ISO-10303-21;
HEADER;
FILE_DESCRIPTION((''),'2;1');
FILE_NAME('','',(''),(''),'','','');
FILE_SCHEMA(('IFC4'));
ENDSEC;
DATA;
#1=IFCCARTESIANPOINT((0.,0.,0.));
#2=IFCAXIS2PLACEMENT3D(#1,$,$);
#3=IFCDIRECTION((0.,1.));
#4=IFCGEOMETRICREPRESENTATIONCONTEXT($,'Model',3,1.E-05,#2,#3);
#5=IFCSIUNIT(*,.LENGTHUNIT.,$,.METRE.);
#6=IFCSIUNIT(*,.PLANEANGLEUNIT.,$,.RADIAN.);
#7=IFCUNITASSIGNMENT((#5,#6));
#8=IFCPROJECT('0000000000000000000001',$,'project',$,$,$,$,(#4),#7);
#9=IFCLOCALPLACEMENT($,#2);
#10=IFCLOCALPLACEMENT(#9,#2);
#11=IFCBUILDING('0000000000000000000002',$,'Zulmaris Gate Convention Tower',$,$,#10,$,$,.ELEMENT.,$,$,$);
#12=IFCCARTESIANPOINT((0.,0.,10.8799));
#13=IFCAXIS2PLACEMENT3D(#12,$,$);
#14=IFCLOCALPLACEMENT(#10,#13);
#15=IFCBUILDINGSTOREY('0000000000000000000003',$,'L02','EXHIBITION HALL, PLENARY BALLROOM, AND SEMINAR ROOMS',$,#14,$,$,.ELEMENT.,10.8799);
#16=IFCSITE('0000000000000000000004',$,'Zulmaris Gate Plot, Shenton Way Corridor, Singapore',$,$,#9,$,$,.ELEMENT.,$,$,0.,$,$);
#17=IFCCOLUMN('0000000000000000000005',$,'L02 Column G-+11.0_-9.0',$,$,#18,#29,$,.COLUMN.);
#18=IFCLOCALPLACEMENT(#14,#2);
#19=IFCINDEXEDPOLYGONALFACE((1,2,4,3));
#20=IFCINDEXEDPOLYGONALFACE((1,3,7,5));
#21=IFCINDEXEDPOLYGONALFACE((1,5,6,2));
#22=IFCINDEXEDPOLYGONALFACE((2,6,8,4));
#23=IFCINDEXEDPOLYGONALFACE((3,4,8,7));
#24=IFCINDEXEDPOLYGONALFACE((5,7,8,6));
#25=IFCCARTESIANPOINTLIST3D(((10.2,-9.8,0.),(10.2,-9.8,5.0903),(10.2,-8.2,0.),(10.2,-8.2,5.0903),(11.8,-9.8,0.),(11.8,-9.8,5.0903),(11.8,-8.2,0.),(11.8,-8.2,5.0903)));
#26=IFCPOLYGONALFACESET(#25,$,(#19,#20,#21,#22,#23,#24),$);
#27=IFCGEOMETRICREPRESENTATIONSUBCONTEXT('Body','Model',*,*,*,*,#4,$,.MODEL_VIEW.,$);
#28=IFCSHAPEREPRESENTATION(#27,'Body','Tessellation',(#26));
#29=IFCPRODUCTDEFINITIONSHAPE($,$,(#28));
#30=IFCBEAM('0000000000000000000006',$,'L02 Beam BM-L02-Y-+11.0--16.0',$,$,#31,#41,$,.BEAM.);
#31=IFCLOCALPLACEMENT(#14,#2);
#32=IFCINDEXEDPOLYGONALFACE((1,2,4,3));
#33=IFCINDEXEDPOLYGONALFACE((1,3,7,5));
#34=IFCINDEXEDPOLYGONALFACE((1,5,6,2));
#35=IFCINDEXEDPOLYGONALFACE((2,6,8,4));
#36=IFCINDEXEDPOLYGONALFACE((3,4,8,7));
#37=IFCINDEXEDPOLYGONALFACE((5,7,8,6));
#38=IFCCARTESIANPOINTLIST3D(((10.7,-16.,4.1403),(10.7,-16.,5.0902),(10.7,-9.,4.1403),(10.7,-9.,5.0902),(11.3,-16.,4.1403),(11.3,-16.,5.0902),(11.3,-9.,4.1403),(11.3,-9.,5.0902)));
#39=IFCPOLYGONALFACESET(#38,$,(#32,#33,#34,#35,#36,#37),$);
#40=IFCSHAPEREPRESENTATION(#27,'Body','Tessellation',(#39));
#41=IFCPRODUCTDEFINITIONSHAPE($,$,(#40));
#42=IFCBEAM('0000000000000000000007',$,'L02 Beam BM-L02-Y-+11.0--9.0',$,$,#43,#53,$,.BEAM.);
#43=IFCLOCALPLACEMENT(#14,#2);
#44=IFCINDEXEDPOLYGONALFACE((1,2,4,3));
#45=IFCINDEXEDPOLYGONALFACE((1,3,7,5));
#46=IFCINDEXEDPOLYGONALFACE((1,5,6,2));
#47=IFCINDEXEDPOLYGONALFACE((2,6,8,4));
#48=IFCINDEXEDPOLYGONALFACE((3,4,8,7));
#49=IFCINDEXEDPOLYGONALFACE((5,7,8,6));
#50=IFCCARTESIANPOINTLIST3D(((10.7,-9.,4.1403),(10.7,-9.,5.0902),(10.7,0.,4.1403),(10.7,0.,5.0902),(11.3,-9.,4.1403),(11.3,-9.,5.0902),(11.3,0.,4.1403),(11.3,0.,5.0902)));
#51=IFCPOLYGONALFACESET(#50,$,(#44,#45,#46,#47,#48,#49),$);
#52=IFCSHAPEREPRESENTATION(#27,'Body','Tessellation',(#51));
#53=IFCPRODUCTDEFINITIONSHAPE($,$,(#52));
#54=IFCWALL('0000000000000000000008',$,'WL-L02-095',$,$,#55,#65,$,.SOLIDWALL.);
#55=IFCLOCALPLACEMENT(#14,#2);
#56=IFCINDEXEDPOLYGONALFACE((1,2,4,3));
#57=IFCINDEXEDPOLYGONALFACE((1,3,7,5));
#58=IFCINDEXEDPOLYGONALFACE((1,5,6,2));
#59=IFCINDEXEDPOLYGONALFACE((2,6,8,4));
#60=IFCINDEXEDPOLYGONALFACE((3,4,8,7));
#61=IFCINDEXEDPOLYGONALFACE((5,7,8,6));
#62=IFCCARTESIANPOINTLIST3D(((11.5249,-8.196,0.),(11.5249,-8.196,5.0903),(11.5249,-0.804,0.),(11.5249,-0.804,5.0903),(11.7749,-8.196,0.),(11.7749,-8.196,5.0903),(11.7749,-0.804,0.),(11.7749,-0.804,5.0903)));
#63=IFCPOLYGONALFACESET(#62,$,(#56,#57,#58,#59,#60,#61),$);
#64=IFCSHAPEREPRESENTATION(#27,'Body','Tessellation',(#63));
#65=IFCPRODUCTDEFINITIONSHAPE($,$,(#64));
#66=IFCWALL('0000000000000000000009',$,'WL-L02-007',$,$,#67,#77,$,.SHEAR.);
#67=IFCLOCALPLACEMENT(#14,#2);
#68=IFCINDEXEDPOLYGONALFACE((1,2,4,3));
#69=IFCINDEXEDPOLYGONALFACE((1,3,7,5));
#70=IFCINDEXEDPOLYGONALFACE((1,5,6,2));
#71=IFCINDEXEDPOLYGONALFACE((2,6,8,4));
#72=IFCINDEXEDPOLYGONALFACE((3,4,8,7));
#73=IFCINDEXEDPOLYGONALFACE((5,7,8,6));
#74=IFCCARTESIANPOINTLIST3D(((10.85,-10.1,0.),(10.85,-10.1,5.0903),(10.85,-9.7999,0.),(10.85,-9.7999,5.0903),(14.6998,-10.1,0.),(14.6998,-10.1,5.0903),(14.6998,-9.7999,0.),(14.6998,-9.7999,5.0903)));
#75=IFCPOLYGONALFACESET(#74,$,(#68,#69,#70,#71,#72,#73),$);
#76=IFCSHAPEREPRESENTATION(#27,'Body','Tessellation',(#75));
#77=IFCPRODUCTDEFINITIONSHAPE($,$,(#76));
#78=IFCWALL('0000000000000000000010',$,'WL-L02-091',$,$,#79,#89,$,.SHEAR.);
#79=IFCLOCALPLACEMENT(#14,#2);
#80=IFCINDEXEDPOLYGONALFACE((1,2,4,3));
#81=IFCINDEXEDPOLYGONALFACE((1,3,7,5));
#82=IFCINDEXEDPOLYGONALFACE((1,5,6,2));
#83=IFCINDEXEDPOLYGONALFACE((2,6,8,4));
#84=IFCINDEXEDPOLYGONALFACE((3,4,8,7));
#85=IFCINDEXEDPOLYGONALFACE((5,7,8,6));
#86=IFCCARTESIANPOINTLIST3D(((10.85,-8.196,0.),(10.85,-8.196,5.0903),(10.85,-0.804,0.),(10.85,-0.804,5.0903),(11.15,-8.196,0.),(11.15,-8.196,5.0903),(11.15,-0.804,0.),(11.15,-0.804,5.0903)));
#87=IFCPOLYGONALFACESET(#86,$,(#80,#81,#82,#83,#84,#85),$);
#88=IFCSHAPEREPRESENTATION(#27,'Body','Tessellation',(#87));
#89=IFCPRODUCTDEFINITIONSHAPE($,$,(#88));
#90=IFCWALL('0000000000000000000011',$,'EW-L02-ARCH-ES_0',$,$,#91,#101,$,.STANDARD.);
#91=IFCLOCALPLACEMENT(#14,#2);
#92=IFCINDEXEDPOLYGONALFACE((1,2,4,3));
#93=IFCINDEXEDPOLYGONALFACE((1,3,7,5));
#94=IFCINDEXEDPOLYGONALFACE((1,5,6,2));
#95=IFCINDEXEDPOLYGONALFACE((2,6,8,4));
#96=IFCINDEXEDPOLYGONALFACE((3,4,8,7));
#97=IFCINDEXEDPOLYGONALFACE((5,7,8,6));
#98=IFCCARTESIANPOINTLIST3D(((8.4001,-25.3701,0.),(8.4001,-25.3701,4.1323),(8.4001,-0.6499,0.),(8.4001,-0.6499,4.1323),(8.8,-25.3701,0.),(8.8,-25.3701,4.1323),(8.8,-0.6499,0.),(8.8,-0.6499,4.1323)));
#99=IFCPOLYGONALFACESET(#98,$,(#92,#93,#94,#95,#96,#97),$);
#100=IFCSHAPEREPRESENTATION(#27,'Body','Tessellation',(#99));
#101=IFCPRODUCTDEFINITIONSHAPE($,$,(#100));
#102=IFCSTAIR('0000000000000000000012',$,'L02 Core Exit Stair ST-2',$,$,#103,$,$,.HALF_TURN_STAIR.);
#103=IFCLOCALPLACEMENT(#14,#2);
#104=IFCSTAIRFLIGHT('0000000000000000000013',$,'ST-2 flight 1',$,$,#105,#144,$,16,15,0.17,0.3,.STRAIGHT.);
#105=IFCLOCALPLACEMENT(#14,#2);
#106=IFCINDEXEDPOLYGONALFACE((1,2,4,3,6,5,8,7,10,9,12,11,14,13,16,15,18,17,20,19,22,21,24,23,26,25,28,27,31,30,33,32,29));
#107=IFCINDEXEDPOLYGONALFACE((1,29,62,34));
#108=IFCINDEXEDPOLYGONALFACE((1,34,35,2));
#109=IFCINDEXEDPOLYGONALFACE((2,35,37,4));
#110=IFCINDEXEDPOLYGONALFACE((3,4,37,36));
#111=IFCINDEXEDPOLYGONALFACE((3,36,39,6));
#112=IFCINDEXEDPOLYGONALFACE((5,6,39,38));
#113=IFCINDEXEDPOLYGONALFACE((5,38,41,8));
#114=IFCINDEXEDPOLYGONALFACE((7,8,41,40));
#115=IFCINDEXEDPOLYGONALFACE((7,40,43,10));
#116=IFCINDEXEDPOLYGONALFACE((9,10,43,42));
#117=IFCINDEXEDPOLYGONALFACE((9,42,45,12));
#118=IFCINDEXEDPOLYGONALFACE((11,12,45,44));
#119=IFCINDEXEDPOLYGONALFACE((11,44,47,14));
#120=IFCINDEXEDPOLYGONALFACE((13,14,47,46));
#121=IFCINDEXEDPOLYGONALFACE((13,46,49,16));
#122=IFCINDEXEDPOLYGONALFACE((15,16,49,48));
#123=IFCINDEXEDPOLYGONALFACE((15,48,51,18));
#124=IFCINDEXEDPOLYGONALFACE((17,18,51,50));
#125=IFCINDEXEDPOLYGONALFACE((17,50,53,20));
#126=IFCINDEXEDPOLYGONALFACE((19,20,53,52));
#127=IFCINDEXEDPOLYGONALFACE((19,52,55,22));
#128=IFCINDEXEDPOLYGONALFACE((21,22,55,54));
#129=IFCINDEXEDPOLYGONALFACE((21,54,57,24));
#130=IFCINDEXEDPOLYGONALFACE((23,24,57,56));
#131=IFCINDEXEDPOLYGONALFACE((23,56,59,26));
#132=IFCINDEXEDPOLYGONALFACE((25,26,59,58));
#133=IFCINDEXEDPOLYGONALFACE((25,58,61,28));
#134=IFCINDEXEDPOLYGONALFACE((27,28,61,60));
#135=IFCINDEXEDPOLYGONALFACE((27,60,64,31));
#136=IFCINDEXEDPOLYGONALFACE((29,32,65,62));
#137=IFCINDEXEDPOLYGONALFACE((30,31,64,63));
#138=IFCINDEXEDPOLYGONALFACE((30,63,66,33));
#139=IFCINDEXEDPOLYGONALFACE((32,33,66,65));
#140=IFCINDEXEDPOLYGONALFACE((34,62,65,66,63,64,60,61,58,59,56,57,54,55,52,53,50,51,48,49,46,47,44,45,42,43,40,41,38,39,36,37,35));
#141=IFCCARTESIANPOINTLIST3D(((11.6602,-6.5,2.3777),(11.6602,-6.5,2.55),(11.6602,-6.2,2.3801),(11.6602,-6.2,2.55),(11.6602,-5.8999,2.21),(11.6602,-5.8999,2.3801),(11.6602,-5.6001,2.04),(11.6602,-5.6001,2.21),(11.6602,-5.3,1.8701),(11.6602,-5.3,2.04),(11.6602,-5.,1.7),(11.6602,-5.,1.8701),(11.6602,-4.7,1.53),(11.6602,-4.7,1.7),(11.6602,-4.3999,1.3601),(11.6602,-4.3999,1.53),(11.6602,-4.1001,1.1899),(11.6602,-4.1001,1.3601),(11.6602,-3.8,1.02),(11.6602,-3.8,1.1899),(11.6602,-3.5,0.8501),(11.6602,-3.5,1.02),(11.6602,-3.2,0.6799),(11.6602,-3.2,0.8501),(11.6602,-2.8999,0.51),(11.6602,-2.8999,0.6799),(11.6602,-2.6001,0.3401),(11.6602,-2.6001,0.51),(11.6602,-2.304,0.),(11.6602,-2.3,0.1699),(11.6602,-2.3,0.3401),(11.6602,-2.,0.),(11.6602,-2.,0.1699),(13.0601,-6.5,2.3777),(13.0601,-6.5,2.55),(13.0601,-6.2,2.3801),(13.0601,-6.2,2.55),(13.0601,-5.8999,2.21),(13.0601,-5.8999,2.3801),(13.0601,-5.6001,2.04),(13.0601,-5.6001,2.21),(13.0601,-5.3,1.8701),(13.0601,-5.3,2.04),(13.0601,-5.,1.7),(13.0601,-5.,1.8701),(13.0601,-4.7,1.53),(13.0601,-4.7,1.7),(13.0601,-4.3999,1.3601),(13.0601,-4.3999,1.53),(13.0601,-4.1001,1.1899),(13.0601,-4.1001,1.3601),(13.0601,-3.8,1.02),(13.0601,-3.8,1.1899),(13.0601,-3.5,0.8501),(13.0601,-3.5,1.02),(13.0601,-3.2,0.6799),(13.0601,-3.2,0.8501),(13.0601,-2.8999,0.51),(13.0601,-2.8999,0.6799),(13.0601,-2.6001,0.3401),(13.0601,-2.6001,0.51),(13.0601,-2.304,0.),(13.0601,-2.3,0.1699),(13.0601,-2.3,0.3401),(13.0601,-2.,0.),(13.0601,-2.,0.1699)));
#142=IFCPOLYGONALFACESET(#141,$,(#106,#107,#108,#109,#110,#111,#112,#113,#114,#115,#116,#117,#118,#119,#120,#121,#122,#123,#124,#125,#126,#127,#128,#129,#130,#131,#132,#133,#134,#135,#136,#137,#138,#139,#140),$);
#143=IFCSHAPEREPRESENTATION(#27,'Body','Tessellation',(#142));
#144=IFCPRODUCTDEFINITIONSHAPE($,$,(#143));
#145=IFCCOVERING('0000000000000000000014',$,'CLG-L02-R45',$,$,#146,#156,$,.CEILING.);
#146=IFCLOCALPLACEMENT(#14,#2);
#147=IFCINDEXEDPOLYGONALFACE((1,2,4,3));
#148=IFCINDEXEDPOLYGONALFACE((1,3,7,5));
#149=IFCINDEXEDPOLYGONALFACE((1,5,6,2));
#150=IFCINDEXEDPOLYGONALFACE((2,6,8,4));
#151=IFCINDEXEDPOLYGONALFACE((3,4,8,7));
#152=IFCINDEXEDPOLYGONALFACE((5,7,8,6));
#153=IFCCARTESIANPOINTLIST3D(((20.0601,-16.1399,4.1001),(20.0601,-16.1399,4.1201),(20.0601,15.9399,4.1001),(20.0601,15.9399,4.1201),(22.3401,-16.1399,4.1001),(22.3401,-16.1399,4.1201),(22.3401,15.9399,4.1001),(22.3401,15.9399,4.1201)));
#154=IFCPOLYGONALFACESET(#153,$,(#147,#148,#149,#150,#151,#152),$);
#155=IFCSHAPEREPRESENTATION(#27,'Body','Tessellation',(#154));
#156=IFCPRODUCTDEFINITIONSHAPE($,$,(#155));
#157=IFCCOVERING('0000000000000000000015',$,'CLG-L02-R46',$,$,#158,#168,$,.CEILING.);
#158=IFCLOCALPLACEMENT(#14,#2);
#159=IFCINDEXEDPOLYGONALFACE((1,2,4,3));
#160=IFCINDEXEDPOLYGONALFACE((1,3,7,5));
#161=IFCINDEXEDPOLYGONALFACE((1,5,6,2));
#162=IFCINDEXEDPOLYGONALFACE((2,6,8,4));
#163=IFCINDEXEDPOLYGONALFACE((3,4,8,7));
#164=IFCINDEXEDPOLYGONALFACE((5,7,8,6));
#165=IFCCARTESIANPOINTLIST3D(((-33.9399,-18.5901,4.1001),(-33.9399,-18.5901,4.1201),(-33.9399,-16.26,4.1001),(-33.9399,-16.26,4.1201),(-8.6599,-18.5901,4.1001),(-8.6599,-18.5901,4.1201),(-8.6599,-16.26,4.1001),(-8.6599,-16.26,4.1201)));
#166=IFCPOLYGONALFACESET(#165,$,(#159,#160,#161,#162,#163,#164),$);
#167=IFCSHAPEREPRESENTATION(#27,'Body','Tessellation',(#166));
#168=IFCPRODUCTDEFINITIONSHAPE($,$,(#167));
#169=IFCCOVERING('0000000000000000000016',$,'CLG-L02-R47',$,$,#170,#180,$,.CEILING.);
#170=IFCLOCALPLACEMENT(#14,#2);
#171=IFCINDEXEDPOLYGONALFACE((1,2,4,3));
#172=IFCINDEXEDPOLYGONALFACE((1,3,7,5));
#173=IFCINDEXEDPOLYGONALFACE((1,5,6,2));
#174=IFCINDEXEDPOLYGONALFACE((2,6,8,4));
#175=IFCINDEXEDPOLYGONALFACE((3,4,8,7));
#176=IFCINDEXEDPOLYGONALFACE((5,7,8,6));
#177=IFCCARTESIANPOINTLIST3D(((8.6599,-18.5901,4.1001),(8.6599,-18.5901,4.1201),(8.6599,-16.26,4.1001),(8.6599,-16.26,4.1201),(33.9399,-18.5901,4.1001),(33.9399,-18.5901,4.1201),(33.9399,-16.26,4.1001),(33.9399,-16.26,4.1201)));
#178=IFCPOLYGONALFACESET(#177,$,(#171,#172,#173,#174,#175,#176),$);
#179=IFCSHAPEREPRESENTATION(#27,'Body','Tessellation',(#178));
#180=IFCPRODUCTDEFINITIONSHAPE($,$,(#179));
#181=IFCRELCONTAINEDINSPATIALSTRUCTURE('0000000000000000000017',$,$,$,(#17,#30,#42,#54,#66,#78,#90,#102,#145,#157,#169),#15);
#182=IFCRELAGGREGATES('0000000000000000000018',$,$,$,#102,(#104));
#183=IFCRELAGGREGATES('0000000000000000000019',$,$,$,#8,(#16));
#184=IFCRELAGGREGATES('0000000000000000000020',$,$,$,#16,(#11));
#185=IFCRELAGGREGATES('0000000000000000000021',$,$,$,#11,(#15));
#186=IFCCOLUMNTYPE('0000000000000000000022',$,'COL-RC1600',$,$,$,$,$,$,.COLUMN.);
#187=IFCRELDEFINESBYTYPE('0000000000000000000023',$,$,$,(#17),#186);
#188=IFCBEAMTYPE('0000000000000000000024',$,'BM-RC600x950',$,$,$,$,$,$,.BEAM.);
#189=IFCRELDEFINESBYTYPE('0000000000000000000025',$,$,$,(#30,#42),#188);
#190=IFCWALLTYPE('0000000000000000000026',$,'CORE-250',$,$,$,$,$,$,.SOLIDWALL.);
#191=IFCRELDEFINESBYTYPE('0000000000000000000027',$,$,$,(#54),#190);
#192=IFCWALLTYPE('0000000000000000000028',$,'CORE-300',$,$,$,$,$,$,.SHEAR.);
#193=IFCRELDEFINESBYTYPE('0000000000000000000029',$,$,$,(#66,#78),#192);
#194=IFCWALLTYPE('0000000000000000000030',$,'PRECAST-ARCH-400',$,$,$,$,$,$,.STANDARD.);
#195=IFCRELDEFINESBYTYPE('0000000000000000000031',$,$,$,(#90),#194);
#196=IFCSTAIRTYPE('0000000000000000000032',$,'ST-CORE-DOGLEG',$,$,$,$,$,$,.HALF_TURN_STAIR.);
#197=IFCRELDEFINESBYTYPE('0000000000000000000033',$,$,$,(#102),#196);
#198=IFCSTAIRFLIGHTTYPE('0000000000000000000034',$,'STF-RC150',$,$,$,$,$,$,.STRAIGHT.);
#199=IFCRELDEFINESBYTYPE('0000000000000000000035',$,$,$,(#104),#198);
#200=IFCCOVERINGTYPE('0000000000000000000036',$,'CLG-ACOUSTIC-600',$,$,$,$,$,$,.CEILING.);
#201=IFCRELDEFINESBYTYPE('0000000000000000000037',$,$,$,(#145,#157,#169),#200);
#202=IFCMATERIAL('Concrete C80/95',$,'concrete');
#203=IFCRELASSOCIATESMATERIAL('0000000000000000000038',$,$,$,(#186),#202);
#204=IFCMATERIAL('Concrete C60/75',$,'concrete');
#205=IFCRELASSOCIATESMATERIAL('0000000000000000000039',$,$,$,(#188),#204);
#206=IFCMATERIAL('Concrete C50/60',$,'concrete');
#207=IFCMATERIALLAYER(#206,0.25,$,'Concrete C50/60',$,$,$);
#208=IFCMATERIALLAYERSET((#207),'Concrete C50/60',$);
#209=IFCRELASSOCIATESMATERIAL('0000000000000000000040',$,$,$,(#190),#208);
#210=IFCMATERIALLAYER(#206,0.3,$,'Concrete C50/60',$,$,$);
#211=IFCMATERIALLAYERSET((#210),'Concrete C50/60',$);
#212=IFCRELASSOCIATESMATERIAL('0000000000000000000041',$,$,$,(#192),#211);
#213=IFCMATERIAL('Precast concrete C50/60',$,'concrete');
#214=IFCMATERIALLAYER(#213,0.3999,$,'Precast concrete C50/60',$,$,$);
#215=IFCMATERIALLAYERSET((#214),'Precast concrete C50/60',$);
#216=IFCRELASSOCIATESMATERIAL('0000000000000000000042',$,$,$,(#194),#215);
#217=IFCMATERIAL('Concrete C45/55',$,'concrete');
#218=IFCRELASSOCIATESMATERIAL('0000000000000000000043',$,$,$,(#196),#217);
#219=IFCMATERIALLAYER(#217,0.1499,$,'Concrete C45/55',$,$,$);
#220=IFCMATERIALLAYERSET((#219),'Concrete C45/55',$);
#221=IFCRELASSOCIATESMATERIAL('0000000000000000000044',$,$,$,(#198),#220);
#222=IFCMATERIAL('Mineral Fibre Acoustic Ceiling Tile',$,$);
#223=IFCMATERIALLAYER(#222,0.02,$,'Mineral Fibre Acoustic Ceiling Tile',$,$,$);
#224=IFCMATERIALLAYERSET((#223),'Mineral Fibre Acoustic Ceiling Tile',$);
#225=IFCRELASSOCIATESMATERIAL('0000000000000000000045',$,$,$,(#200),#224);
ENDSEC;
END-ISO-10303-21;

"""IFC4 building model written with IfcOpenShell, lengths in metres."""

from ifc_helpers import new_model, si_unit, direction, frame, frame_2d, origin, origin_2d, place, context, subcontext, project, spatial, polyline, rectangle, outline, extrude, material, layer, layer_set, material_profile, profile_set, type_object, element, aggregate, save


model = new_model("IFC4")

# Units and contexts
model_context = context("Model", 3, precision=1e-05, world=origin(), true_north=direction((0.0, 1.0)))
body_context = subcontext(model_context, "Body", "Model", "MODEL_VIEW")
ifc_project = project(units=[si_unit("LENGTHUNIT", "METRE"), si_unit("PLANEANGLEUNIT", "RADIAN")], contexts=[model_context])

# Site, building, storey
site_placement = place(None, origin())
site = spatial("IfcSite", under=ifc_project, at=site_placement, Name="Zulmaris Gate Plot, Shenton Way Corridor, Singapore", CompositionType="ELEMENT", RefElevation=0.0)
building_placement = place(site_placement, origin())
building = spatial("IfcBuilding", under=site, at=building_placement, Name="Zulmaris Gate Convention Tower", CompositionType="ELEMENT")
storey_placement = place(building_placement, frame((0.0, 0.0, 10.8799)))
storey = spatial("IfcBuildingStorey", under=building, at=storey_placement, Name="L02", Description="EXHIBITION HALL, PLENARY BALLROOM, AND SEMINAR ROOMS", CompositionType="ELEMENT", Elevation=10.8799)

# Column
ifc_material_1 = material(Name="Concrete C80/95", Category="concrete")
ifc_material_profile_1 = material_profile(ifc_material_1, rectangle(XDim=1.6001, YDim=1.6001, at=origin_2d()), Name="RC COL 1600x1600")
ifc_profile_set_1 = profile_set([ifc_material_profile_1], Name="Concrete C80/95")
column_type = type_object("IfcColumnType", Name="COL-RC1600", PredefinedType="COLUMN", material=ifc_profile_set_1)
column_placement = place(storey_placement, frame((11.0, -9.0, 0.0), z_axis=(0.0, 0.0, 1.0), x_axis=(1.0, 0.0, 0.0)))
element("IfcColumn", 1, at=column_placement, inside=storey, type_object=column_type, Name="L02 Column G-+11.0_-9.0", PredefinedType="COLUMN", context=body_context, shape_type="SweptSolid", body=[
    extrude(rectangle(XDim=1.6001, YDim=1.6001, at=origin_2d()), origin(), (0.0, 0.0, 1.0), 5.0903),
])

# Beams
ifc_material_2 = material(Name="Concrete C60/75", Category="concrete")
ifc_material_profile_2 = material_profile(ifc_material_2, rectangle(XDim=0.6001, YDim=0.95, at=origin_2d()), Name="RC BEAM 600x950")
ifc_profile_set_2 = profile_set([ifc_material_profile_2], Name="Concrete C60/75")
beam_type = type_object("IfcBeamType", Name="BM-RC600x950", PredefinedType="BEAM", material=ifc_profile_set_2)
beam_1_placement = place(storey_placement, frame((11.0, -16.0, 4.6152), z_axis=(0.0, 1.0, 0.0), x_axis=(-1.0, 0.0, 0.0)))
element("IfcBeam", 2, at=beam_1_placement, inside=storey, type_object=beam_type, Name="L02 Beam BM-L02-Y-+11.0--16.0", PredefinedType="BEAM", context=body_context, shape_type="SweptSolid", body=[
    extrude(rectangle(XDim=0.6001, YDim=0.95, at=origin_2d()), origin(), (0.0, 0.0, 1.0), 7.0),
])
beam_2_placement = place(storey_placement, frame((11.0, -9.0, 4.6152), z_axis=(0.0, 1.0, 0.0), x_axis=(-1.0, 0.0, 0.0)))
element("IfcBeam", 3, at=beam_2_placement, inside=storey, type_object=beam_type, Name="L02 Beam BM-L02-Y-+11.0--9.0", PredefinedType="BEAM", context=body_context, shape_type="SweptSolid", body=[
    extrude(rectangle(XDim=0.6001, YDim=0.95, at=origin_2d()), origin(), (0.0, 0.0, 1.0), 9.0),
])

# Walls
ifc_material_3 = material(Name="Concrete C50/60", Category="concrete")
ifc_layer_1 = layer(ifc_material_3, 0.25, Name="Concrete C50/60")
ifc_layer_set_1 = layer_set([ifc_layer_1], Name="Concrete C50/60")
wall_type_1 = type_object("IfcWallType", Name="CORE-250", PredefinedType="SOLIDWALL", material=ifc_layer_set_1)
wall_1_placement = place(storey_placement, frame((11.6499, -8.196, 0.0), z_axis=(0.0, 0.0, 1.0), x_axis=(0.0, 1.0, 0.0)))
element("IfcWall", 4, at=wall_1_placement, inside=storey, type_object=wall_type_1, Name="WL-L02-095", PredefinedType="SOLIDWALL", context=body_context, shape_type="SweptSolid", body=[
    extrude(rectangle(XDim=7.3921, YDim=0.25, at=frame_2d((3.696, 0.0))), origin(), (0.0, 0.0, 1.0), 5.0903),
])
ifc_layer_2 = layer(ifc_material_3, 0.3, Name="Concrete C50/60")
ifc_layer_set_2 = layer_set([ifc_layer_2], Name="Concrete C50/60")
wall_type_2 = type_object("IfcWallType", Name="CORE-300", PredefinedType="SHEAR", material=ifc_layer_set_2)
wall_2_placement = place(storey_placement, frame((10.8501, -9.95, 0.0), z_axis=(0.0, 0.0, 1.0), x_axis=(1.0, 0.0, 0.0)))
element("IfcWall", 5, at=wall_2_placement, inside=storey, type_object=wall_type_2, Name="WL-L02-007", PredefinedType="SHEAR", context=body_context, shape_type="SweptSolid", body=[
    extrude(rectangle(XDim=3.8499, YDim=0.3, at=frame_2d((1.9248, 0.0))), origin(), (0.0, 0.0, 1.0), 5.0903),
])

# Wall
wall_3_placement = place(storey_placement, frame((11.0, -8.196, 0.0), z_axis=(0.0, 0.0, 1.0), x_axis=(0.0, 1.0, 0.0)))
element("IfcWall", 6, at=wall_3_placement, inside=storey, type_object=wall_type_2, Name="WL-L02-091", PredefinedType="SHEAR", context=body_context, shape_type="SweptSolid", body=[
    extrude(rectangle(XDim=7.3921, YDim=0.3, at=frame_2d((3.696, 0.0))), origin(), (0.0, 0.0, 1.0), 5.0903),
])

# Wall
ifc_material_4 = material(Name="Precast concrete C50/60", Category="concrete")
ifc_layer_3 = layer(ifc_material_4, 0.3999, Name="Precast concrete C50/60")
ifc_layer_set_3 = layer_set([ifc_layer_3], Name="Precast concrete C50/60")
wall_type_3 = type_object("IfcWallType", Name="PRECAST-ARCH-400", PredefinedType="STANDARD", material=ifc_layer_set_3)
wall_4_placement = place(storey_placement, frame((8.6001, -0.6499, 0.0), z_axis=(0.0, 0.0, 1.0), x_axis=(0.0, -1.0, 0.0)))
element("IfcWall", 7, at=wall_4_placement, inside=storey, type_object=wall_type_3, Name="EW-L02-ARCH-ES_0", PredefinedType="STANDARD", context=body_context, shape_type="SweptSolid", body=[
    extrude(rectangle(XDim=24.7202, YDim=0.3999, at=frame_2d((12.3601, 0.0))), origin(), (0.0, 0.0, 1.0), 4.1323),
])

# Stair, stair flight
ifc_material_5 = material(Name="Concrete C45/55", Category="concrete")
stair_type = type_object("IfcStairType", Name="ST-CORE-DOGLEG", PredefinedType="HALF_TURN_STAIR", material=ifc_material_5)
stair_placement = place(storey_placement, origin())
stair = element("IfcStair", 8, at=stair_placement, inside=storey, type_object=stair_type, Name="L02 Core Exit Stair ST-2", PredefinedType="HALF_TURN_STAIR")
ifc_layer_4 = layer(ifc_material_5, 0.1499, Name="Concrete C45/55")
ifc_layer_set_4 = layer_set([ifc_layer_4], Name="Concrete C45/55")
stair_flight_type = type_object("IfcStairFlightType", Name="STF-RC150", PredefinedType="STRAIGHT", material=ifc_layer_set_4)
stair_flight_placement = place(storey_placement, frame((12.3601, -2.0, 0.0), z_axis=(0.0, 0.0, 1.0), x_axis=(0.0, -1.0, 0.0)))
stair_flight = element("IfcStairFlight", 9, at=stair_flight_placement, type_object=stair_flight_type, Name="ST-2 flight 1", NumberOfRisers=16, NumberOfTreads=15, PredefinedType="STRAIGHT", RiserHeight=0.17, TreadLength=0.3, context=body_context, shape_type="SweptSolid", body=[
    extrude(outline(polyline([(0.0, 0.0), (0.0, 0.1699), (0.3, 0.1699), (0.3, 0.3401), (0.6001, 0.3401), (0.6001, 0.51), (0.8999, 0.51), (0.8999, 0.6799), (1.2, 0.6799), (1.2, 0.8501), (1.5, 0.8501), (1.5, 1.02), (1.8, 1.02), (1.8, 1.1899), (2.1001, 1.1899), (2.1001, 1.3601), (2.3999, 1.3601), (2.3999, 1.53), (2.7, 1.53), (2.7, 1.7), (3.0, 1.7), (3.0, 1.8701), (3.3, 1.8701), (3.3, 2.04), (3.6001, 2.04), (3.6001, 2.21), (3.8999, 2.21), (3.8999, 2.3801), (4.2, 2.3801), (4.2, 2.55), (4.5, 2.55), (4.5, 2.7202), (4.5, 2.3777), (0.304, 0.0), (0.0, 0.0)])), frame((0.0, 0.7, 0.0), z_axis=(0.0, -1.0, 0.0), x_axis=(1.0, 0.0, 0.0)), (0.0, 0.0, 1.0), 1.3999),
])
aggregate(stair, [stair_flight])

# Coverings
ifc_material_6 = material(Name="Mineral Fibre Acoustic Ceiling Tile")
ifc_layer_5 = layer(ifc_material_6, 0.02, Name="Mineral Fibre Acoustic Ceiling Tile")
ifc_layer_set_5 = layer_set([ifc_layer_5], Name="Mineral Fibre Acoustic Ceiling Tile")
covering_type_1 = type_object("IfcCoveringType", Name="CLG-ACOUSTIC-600", PredefinedType="CEILING", material=ifc_layer_set_5)
covering_1_placement = place(storey_placement, frame((0.0, 0.0, 4.1001)))
element("IfcCovering", 10, at=covering_1_placement, inside=storey, type_object=covering_type_1, Name="CLG-L02-R45", PredefinedType="CEILING", context=body_context, shape_type="SweptSolid", body=[
    extrude(outline(polyline([(20.0601, -16.1399), (22.3401, -16.1399), (22.3401, 15.9399), (20.0601, 15.9399), (20.0601, -16.1399)])), origin(), (0.0, 0.0, 1.0), 0.02),
])
covering_2_placement = place(storey_placement, frame((0.0, 0.0, 4.1001)))
element("IfcCovering", 11, at=covering_2_placement, inside=storey, type_object=covering_type_1, Name="CLG-L02-R46", PredefinedType="CEILING", context=body_context, shape_type="SweptSolid", body=[
    extrude(outline(polyline([(-33.9399, -18.5901), (-8.6599, -18.5901), (-8.6599, -16.26), (-33.9399, -16.26), (-33.9399, -18.5901)])), origin(), (0.0, 0.0, 1.0), 0.02),
])
covering_3_placement = place(storey_placement, frame((0.0, 0.0, 4.1001)))
element("IfcCovering", 12, at=covering_3_placement, inside=storey, type_object=covering_type_1, Name="CLG-L02-R47", PredefinedType="CEILING", context=body_context, shape_type="SweptSolid", body=[
    extrude(outline(polyline([(8.6599, -18.5901), (33.9399, -18.5901), (33.9399, -16.26), (8.6599, -16.26), (8.6599, -18.5901)])), origin(), (0.0, 0.0, 1.0), 0.02),
])

save(model, "model.ifc")
